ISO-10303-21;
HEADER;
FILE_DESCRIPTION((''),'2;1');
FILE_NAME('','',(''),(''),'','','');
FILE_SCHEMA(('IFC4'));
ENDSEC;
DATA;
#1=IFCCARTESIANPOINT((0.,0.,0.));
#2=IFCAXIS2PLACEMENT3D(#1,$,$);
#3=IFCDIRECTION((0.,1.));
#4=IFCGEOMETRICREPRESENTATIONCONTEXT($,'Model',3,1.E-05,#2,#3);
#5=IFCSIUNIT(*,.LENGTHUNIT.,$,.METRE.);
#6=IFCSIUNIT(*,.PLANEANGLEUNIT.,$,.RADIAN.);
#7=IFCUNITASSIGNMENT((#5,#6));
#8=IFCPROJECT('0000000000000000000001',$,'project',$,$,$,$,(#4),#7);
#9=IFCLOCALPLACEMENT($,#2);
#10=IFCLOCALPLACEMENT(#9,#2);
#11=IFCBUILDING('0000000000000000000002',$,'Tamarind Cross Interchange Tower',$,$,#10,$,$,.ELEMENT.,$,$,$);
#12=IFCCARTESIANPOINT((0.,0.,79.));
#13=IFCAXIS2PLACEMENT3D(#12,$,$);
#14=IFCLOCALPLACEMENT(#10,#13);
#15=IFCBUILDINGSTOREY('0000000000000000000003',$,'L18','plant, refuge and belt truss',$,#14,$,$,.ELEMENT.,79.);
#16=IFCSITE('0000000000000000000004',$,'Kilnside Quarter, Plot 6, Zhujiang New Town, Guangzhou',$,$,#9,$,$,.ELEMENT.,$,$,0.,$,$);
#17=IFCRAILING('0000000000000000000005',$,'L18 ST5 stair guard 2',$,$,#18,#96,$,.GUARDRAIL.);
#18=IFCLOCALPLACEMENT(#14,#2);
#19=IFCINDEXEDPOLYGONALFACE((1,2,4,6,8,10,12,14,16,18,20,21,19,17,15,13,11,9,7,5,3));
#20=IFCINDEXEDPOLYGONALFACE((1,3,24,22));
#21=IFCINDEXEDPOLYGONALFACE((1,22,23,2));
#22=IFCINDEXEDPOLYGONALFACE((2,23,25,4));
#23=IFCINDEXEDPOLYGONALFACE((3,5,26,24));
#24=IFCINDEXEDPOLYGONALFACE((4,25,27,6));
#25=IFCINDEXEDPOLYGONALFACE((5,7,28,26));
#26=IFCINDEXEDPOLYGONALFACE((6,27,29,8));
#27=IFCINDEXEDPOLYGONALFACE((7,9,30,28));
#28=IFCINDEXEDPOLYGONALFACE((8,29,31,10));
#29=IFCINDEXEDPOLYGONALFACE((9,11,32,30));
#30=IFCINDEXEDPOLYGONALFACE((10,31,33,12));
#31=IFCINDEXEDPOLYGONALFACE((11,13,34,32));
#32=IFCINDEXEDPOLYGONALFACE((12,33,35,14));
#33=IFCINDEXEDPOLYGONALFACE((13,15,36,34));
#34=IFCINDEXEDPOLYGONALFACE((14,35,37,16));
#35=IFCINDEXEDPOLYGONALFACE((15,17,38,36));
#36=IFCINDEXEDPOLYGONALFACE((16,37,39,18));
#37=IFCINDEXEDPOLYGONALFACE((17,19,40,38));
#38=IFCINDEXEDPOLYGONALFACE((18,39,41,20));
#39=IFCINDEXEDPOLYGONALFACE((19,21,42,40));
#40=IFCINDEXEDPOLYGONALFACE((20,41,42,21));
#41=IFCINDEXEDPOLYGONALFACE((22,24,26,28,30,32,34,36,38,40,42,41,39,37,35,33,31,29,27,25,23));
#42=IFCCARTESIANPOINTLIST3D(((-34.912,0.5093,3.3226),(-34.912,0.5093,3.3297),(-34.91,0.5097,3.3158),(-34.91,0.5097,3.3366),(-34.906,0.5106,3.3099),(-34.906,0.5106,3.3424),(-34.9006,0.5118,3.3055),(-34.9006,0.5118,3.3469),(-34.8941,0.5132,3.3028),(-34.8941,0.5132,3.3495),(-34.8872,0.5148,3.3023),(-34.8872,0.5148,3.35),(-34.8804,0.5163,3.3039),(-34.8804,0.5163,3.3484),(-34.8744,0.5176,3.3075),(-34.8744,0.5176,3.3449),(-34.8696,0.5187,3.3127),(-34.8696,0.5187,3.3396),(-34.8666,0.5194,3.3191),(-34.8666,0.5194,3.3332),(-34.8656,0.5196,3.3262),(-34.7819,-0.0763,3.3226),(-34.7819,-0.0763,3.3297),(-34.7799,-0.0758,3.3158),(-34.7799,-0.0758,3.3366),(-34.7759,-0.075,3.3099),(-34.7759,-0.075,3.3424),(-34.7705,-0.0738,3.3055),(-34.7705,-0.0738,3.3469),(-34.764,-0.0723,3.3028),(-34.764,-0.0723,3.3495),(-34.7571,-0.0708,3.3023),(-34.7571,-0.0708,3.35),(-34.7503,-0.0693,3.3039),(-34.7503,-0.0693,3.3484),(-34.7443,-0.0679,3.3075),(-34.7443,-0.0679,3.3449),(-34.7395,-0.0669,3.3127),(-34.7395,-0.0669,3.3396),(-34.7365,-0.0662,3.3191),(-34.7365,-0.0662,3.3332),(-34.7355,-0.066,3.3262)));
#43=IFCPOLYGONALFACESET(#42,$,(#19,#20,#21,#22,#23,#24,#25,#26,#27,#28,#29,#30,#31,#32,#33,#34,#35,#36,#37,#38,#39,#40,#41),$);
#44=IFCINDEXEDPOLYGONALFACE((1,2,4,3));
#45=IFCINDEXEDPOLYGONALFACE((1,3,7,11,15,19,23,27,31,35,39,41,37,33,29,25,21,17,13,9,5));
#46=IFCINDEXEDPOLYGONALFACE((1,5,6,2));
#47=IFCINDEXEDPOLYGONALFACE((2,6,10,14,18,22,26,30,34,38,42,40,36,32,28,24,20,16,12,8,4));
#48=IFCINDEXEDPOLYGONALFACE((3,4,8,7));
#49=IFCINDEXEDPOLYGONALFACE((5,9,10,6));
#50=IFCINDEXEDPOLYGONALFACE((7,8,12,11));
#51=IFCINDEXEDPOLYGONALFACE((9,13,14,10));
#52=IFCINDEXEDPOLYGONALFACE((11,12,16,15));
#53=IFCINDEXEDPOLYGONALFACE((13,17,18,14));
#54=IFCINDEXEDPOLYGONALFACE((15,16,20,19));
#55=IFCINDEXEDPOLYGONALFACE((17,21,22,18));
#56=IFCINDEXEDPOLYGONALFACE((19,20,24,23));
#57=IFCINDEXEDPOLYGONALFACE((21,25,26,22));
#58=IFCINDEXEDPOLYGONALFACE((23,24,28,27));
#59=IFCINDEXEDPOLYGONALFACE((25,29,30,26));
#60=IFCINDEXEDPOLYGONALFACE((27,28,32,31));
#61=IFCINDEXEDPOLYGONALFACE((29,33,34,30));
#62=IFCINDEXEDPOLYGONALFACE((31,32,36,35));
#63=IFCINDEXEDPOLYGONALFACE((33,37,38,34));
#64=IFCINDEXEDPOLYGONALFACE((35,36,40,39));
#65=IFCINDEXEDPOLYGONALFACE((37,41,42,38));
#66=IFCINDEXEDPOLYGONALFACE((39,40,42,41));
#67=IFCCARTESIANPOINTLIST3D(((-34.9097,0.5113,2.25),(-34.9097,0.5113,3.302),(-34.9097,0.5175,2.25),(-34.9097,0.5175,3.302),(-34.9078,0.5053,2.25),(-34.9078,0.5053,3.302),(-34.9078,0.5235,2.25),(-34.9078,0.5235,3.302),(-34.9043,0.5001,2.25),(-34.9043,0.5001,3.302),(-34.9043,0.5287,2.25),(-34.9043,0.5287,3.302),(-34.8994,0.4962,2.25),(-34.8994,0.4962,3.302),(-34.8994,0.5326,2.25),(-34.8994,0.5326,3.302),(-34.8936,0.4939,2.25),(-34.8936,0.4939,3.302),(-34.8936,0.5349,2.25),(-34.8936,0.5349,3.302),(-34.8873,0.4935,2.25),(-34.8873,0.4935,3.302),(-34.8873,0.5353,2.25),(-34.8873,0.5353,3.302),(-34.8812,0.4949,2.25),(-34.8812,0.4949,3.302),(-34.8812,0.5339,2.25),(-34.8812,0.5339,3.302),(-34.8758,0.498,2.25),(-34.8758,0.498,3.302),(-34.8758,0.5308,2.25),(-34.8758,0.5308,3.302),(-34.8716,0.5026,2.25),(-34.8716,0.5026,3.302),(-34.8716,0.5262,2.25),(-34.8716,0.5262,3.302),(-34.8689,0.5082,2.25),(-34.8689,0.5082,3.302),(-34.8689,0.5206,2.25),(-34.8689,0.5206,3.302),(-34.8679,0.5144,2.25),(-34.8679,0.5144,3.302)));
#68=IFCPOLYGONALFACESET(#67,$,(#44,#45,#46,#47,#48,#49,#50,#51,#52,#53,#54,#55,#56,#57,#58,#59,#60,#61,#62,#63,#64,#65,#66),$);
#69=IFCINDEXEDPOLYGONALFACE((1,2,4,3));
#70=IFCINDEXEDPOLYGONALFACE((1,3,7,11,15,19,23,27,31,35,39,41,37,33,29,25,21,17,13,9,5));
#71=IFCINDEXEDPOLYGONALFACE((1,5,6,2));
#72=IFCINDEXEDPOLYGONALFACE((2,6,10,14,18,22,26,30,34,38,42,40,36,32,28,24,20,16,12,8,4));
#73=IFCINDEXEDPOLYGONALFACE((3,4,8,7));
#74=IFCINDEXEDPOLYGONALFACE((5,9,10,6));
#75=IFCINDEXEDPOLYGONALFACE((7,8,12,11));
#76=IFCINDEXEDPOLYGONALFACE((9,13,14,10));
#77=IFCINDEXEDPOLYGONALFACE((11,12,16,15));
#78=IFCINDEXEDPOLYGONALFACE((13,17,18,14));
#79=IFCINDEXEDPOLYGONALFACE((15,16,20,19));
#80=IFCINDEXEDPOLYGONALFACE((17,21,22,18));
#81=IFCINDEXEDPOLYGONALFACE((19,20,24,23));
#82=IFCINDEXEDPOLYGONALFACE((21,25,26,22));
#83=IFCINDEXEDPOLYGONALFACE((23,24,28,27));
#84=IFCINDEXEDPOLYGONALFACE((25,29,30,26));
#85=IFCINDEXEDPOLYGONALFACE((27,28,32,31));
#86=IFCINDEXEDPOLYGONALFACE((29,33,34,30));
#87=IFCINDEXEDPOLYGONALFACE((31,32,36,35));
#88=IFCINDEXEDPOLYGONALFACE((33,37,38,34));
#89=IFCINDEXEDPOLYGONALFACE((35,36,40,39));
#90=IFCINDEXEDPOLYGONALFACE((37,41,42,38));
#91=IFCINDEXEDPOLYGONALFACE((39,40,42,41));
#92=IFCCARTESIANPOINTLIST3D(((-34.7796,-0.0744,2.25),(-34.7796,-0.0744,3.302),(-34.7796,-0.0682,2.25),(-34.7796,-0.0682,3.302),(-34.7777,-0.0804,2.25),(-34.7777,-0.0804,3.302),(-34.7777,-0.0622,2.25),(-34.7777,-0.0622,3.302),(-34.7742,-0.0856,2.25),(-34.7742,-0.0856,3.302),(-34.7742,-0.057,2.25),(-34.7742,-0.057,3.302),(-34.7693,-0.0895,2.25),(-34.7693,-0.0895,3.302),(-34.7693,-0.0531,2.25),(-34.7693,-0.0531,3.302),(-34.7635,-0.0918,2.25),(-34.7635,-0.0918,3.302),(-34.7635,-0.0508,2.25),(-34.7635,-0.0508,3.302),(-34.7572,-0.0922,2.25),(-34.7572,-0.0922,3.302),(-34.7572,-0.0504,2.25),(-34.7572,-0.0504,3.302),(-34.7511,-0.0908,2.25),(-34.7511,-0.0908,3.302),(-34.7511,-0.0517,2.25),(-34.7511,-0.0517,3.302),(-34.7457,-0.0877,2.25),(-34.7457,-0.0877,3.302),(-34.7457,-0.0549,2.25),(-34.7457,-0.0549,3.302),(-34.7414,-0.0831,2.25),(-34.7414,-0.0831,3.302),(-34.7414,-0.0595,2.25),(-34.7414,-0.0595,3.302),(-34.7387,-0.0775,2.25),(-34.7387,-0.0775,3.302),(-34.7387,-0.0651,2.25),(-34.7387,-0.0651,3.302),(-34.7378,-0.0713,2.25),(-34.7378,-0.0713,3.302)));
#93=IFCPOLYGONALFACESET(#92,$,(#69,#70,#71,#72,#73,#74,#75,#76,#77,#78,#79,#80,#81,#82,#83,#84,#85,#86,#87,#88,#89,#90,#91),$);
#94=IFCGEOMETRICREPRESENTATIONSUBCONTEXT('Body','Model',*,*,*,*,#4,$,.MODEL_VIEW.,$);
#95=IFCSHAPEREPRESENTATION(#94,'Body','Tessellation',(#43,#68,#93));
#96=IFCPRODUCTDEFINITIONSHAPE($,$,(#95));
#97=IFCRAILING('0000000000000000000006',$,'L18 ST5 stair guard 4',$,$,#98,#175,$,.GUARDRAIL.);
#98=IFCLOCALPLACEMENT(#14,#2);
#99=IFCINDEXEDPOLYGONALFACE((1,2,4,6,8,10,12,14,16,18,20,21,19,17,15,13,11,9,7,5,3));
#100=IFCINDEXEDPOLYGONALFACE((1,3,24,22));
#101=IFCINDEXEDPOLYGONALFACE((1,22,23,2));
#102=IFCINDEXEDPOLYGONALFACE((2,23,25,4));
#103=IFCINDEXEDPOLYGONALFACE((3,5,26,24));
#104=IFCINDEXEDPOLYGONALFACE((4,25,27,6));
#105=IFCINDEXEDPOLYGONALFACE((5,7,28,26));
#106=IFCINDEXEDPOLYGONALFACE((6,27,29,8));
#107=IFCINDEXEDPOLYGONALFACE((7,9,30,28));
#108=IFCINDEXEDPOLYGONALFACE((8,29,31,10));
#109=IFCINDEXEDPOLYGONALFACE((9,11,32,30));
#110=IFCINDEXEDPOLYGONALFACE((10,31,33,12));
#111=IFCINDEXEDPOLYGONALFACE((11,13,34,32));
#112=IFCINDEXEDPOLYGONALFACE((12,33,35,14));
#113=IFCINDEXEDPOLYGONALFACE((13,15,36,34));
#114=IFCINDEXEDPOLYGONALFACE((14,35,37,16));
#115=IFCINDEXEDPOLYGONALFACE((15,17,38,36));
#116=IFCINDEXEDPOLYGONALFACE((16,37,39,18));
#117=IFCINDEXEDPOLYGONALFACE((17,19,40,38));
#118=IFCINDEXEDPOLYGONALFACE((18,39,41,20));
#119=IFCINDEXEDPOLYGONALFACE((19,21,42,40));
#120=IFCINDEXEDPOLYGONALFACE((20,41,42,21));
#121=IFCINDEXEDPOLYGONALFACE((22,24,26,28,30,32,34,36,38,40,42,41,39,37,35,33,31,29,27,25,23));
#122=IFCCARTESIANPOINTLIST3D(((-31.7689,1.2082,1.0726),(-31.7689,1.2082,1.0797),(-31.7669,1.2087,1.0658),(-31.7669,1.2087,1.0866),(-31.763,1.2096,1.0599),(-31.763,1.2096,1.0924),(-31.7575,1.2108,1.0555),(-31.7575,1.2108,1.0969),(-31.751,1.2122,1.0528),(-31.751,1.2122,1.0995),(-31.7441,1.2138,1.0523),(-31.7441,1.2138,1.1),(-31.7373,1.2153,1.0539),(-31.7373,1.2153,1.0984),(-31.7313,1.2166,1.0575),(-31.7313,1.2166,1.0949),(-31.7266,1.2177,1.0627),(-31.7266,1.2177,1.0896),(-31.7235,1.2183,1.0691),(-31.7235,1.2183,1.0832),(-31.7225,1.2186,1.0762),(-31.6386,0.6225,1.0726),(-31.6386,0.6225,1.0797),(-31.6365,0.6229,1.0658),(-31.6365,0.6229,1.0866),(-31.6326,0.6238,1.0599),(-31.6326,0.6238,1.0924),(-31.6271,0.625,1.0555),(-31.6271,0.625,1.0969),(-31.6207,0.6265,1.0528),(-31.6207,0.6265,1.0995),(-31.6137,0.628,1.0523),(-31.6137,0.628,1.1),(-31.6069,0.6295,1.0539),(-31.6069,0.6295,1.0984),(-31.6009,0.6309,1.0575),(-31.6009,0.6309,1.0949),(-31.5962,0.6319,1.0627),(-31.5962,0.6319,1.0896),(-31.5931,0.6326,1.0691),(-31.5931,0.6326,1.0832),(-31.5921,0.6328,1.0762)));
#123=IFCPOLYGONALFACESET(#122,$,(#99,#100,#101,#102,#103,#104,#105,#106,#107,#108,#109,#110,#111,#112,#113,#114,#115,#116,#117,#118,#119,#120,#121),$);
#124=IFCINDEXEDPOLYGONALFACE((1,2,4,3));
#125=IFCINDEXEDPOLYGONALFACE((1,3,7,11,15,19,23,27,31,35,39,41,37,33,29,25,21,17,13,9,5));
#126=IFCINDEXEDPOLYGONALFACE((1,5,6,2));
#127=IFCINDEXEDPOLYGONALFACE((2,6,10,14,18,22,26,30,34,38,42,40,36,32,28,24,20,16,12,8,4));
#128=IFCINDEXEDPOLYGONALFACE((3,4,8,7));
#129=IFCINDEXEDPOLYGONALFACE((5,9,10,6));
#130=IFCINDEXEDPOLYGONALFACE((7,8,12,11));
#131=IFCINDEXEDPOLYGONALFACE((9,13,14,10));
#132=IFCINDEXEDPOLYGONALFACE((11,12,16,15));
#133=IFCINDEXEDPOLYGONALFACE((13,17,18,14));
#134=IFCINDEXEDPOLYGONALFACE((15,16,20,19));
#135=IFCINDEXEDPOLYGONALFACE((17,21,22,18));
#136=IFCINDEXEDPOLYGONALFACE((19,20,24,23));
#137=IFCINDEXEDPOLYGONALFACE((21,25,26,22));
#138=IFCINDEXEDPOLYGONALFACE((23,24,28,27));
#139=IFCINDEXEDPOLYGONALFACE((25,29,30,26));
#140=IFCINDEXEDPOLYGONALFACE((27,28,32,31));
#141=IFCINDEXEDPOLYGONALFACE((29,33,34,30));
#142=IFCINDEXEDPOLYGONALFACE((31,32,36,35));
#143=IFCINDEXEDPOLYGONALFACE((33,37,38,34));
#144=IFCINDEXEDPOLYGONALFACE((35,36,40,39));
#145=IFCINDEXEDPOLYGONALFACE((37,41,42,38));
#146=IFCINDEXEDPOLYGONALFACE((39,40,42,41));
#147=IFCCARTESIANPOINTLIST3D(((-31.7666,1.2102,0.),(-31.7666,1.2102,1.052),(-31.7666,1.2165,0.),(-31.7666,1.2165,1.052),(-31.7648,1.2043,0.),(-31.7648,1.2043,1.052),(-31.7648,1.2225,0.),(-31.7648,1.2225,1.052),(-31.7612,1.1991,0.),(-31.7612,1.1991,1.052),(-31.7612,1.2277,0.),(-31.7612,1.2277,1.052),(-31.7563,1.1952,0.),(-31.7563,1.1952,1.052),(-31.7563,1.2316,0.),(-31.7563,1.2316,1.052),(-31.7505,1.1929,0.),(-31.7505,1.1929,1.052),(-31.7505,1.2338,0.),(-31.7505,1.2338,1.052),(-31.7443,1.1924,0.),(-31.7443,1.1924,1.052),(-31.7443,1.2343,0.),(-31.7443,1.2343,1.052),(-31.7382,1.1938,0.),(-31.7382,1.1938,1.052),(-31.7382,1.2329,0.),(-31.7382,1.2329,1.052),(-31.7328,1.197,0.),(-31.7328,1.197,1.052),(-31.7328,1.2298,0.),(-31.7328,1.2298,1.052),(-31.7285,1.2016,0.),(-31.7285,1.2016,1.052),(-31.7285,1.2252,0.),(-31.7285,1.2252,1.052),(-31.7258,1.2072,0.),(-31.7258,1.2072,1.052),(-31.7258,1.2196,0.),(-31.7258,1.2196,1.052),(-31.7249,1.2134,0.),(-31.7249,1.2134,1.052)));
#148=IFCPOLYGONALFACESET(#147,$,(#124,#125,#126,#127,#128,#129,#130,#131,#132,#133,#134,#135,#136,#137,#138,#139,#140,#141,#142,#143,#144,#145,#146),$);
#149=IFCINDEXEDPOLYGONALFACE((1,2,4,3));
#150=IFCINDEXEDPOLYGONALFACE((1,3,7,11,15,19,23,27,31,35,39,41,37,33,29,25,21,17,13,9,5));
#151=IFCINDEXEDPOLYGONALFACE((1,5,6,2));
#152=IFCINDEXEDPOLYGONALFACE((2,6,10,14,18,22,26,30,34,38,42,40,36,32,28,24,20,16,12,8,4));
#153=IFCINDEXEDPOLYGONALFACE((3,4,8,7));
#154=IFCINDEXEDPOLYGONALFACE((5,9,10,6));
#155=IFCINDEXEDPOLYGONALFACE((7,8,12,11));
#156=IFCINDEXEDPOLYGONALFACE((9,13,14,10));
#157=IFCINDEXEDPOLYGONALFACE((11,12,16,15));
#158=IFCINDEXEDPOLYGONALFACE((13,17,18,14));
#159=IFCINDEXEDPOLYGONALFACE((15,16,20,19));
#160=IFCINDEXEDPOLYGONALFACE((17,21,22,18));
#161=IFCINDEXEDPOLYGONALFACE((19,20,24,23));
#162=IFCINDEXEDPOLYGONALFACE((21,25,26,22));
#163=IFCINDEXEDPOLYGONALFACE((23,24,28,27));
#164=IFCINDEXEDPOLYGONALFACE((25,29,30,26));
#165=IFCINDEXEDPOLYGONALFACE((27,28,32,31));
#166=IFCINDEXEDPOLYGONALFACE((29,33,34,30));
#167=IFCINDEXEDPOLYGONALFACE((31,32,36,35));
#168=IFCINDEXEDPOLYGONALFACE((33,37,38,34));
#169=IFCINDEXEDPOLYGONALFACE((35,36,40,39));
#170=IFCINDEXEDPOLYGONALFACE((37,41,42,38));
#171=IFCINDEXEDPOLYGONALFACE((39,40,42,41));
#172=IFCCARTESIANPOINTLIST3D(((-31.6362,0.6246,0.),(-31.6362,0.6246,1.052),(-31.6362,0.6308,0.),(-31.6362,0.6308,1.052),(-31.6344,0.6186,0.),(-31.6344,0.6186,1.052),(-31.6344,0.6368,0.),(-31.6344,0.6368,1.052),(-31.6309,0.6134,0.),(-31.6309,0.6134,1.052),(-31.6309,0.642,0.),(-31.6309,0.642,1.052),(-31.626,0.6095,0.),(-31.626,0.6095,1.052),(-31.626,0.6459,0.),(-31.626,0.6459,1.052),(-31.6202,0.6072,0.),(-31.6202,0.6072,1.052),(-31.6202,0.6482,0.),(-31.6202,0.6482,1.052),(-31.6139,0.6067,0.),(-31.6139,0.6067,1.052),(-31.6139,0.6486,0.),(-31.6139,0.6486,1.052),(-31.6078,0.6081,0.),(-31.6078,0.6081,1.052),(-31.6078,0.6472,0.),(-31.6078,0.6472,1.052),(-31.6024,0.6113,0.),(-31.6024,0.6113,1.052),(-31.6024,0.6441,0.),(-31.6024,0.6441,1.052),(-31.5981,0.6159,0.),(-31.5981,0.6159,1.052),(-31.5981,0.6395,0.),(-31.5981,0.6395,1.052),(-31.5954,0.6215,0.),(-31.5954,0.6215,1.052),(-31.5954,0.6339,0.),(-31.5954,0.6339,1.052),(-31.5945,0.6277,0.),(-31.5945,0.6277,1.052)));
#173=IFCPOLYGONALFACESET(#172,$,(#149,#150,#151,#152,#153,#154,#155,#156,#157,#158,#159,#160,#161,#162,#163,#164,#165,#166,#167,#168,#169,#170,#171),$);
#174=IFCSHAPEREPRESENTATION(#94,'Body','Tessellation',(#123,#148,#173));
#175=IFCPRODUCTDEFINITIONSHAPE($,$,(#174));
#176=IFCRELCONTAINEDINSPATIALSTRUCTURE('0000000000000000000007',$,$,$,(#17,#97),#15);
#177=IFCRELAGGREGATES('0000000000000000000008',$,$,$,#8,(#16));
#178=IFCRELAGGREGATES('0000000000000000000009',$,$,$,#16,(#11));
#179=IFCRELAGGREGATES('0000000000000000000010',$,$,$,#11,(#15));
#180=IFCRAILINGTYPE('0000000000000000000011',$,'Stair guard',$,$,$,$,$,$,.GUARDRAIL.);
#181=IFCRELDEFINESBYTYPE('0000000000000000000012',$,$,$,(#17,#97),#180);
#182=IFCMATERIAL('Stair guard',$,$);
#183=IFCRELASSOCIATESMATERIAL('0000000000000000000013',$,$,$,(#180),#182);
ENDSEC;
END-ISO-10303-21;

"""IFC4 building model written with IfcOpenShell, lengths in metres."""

from ifc_helpers import new_model, si_unit, direction, frame, origin, origin_2d, place, context, subcontext, project, spatial, circle, extrude, material, type_object, element, save


model = new_model("IFC4")

# Units and contexts
model_context = context("Model", 3, precision=1e-05, world=origin(), true_north=direction((0.0, 1.0)))
body_context = subcontext(model_context, "Body", "Model", "MODEL_VIEW")
ifc_project = project(units=[si_unit("LENGTHUNIT", "METRE"), si_unit("PLANEANGLEUNIT", "RADIAN")], contexts=[model_context])

# Site, building, storey
site_placement = place(None, origin())
site = spatial("IfcSite", under=ifc_project, at=site_placement, Name="Kilnside Quarter, Plot 6, Zhujiang New Town, Guangzhou", CompositionType="ELEMENT", RefElevation=0.0)
building_placement = place(site_placement, origin())
building = spatial("IfcBuilding", under=site, at=building_placement, Name="Tamarind Cross Interchange Tower", CompositionType="ELEMENT")
storey_placement = place(building_placement, frame((0.0, 0.0, 79.0)))
storey = spatial("IfcBuildingStorey", under=building, at=storey_placement, Name="L18", Description="plant, refuge and belt truss", CompositionType="ELEMENT", Elevation=79.0)

# Railings
ifc_material_1 = material(Name="Stair guard")
railing_type_1 = type_object("IfcRailingType", Name="Stair guard", PredefinedType="GUARDRAIL", material=ifc_material_1)
railing_1_placement = place(storey_placement, frame((-34.8889, 0.5144, 2.25)))
element("IfcRailing", 1, at=railing_1_placement, inside=storey, type_object=railing_type_1, Name="L18 ST5 stair guard 2", PredefinedType="GUARDRAIL", context=body_context, shape_type="SweptSolid", body=[
    extrude(circle(Radius=0.0239, at=origin_2d()), frame((0.0, 0.0, 1.0762), z_axis=(0.216887, -0.976197, 0.0), x_axis=(0.976197, 0.216887, 0.0)), (0.0, 0.0, 1.0), 0.5999),
    extrude(circle(Radius=0.021, at=origin_2d()), origin(), (0.0, 0.0, 1.0), 1.052),
    extrude(circle(Radius=0.021, at=origin_2d()), frame((0.1301, -0.5857, 0.0)), (0.0, 0.0, 1.0), 1.052),
])
railing_2_placement = place(storey_placement, frame((-31.7458, 1.2134, 0.0)))
element("IfcRailing", 2, at=railing_2_placement, inside=storey, type_object=railing_type_1, Name="L18 ST5 stair guard 4", PredefinedType="GUARDRAIL", context=body_context, shape_type="SweptSolid", body=[
    extrude(circle(Radius=0.0239, at=origin_2d()), frame((0.0, 0.0, 1.0762), z_axis=(0.217275, -0.97611, 0.0), x_axis=(0.97611, 0.217275, 0.0)), (0.0, 0.0, 1.0), 0.6001),
    extrude(circle(Radius=0.021, at=origin_2d()), origin(), (0.0, 0.0, 1.0), 1.052),
    extrude(circle(Radius=0.021, at=origin_2d()), frame((0.1304, -0.5857, 0.0)), (0.0, 0.0, 1.0), 1.052),
])

save(model, "model.ifc")
